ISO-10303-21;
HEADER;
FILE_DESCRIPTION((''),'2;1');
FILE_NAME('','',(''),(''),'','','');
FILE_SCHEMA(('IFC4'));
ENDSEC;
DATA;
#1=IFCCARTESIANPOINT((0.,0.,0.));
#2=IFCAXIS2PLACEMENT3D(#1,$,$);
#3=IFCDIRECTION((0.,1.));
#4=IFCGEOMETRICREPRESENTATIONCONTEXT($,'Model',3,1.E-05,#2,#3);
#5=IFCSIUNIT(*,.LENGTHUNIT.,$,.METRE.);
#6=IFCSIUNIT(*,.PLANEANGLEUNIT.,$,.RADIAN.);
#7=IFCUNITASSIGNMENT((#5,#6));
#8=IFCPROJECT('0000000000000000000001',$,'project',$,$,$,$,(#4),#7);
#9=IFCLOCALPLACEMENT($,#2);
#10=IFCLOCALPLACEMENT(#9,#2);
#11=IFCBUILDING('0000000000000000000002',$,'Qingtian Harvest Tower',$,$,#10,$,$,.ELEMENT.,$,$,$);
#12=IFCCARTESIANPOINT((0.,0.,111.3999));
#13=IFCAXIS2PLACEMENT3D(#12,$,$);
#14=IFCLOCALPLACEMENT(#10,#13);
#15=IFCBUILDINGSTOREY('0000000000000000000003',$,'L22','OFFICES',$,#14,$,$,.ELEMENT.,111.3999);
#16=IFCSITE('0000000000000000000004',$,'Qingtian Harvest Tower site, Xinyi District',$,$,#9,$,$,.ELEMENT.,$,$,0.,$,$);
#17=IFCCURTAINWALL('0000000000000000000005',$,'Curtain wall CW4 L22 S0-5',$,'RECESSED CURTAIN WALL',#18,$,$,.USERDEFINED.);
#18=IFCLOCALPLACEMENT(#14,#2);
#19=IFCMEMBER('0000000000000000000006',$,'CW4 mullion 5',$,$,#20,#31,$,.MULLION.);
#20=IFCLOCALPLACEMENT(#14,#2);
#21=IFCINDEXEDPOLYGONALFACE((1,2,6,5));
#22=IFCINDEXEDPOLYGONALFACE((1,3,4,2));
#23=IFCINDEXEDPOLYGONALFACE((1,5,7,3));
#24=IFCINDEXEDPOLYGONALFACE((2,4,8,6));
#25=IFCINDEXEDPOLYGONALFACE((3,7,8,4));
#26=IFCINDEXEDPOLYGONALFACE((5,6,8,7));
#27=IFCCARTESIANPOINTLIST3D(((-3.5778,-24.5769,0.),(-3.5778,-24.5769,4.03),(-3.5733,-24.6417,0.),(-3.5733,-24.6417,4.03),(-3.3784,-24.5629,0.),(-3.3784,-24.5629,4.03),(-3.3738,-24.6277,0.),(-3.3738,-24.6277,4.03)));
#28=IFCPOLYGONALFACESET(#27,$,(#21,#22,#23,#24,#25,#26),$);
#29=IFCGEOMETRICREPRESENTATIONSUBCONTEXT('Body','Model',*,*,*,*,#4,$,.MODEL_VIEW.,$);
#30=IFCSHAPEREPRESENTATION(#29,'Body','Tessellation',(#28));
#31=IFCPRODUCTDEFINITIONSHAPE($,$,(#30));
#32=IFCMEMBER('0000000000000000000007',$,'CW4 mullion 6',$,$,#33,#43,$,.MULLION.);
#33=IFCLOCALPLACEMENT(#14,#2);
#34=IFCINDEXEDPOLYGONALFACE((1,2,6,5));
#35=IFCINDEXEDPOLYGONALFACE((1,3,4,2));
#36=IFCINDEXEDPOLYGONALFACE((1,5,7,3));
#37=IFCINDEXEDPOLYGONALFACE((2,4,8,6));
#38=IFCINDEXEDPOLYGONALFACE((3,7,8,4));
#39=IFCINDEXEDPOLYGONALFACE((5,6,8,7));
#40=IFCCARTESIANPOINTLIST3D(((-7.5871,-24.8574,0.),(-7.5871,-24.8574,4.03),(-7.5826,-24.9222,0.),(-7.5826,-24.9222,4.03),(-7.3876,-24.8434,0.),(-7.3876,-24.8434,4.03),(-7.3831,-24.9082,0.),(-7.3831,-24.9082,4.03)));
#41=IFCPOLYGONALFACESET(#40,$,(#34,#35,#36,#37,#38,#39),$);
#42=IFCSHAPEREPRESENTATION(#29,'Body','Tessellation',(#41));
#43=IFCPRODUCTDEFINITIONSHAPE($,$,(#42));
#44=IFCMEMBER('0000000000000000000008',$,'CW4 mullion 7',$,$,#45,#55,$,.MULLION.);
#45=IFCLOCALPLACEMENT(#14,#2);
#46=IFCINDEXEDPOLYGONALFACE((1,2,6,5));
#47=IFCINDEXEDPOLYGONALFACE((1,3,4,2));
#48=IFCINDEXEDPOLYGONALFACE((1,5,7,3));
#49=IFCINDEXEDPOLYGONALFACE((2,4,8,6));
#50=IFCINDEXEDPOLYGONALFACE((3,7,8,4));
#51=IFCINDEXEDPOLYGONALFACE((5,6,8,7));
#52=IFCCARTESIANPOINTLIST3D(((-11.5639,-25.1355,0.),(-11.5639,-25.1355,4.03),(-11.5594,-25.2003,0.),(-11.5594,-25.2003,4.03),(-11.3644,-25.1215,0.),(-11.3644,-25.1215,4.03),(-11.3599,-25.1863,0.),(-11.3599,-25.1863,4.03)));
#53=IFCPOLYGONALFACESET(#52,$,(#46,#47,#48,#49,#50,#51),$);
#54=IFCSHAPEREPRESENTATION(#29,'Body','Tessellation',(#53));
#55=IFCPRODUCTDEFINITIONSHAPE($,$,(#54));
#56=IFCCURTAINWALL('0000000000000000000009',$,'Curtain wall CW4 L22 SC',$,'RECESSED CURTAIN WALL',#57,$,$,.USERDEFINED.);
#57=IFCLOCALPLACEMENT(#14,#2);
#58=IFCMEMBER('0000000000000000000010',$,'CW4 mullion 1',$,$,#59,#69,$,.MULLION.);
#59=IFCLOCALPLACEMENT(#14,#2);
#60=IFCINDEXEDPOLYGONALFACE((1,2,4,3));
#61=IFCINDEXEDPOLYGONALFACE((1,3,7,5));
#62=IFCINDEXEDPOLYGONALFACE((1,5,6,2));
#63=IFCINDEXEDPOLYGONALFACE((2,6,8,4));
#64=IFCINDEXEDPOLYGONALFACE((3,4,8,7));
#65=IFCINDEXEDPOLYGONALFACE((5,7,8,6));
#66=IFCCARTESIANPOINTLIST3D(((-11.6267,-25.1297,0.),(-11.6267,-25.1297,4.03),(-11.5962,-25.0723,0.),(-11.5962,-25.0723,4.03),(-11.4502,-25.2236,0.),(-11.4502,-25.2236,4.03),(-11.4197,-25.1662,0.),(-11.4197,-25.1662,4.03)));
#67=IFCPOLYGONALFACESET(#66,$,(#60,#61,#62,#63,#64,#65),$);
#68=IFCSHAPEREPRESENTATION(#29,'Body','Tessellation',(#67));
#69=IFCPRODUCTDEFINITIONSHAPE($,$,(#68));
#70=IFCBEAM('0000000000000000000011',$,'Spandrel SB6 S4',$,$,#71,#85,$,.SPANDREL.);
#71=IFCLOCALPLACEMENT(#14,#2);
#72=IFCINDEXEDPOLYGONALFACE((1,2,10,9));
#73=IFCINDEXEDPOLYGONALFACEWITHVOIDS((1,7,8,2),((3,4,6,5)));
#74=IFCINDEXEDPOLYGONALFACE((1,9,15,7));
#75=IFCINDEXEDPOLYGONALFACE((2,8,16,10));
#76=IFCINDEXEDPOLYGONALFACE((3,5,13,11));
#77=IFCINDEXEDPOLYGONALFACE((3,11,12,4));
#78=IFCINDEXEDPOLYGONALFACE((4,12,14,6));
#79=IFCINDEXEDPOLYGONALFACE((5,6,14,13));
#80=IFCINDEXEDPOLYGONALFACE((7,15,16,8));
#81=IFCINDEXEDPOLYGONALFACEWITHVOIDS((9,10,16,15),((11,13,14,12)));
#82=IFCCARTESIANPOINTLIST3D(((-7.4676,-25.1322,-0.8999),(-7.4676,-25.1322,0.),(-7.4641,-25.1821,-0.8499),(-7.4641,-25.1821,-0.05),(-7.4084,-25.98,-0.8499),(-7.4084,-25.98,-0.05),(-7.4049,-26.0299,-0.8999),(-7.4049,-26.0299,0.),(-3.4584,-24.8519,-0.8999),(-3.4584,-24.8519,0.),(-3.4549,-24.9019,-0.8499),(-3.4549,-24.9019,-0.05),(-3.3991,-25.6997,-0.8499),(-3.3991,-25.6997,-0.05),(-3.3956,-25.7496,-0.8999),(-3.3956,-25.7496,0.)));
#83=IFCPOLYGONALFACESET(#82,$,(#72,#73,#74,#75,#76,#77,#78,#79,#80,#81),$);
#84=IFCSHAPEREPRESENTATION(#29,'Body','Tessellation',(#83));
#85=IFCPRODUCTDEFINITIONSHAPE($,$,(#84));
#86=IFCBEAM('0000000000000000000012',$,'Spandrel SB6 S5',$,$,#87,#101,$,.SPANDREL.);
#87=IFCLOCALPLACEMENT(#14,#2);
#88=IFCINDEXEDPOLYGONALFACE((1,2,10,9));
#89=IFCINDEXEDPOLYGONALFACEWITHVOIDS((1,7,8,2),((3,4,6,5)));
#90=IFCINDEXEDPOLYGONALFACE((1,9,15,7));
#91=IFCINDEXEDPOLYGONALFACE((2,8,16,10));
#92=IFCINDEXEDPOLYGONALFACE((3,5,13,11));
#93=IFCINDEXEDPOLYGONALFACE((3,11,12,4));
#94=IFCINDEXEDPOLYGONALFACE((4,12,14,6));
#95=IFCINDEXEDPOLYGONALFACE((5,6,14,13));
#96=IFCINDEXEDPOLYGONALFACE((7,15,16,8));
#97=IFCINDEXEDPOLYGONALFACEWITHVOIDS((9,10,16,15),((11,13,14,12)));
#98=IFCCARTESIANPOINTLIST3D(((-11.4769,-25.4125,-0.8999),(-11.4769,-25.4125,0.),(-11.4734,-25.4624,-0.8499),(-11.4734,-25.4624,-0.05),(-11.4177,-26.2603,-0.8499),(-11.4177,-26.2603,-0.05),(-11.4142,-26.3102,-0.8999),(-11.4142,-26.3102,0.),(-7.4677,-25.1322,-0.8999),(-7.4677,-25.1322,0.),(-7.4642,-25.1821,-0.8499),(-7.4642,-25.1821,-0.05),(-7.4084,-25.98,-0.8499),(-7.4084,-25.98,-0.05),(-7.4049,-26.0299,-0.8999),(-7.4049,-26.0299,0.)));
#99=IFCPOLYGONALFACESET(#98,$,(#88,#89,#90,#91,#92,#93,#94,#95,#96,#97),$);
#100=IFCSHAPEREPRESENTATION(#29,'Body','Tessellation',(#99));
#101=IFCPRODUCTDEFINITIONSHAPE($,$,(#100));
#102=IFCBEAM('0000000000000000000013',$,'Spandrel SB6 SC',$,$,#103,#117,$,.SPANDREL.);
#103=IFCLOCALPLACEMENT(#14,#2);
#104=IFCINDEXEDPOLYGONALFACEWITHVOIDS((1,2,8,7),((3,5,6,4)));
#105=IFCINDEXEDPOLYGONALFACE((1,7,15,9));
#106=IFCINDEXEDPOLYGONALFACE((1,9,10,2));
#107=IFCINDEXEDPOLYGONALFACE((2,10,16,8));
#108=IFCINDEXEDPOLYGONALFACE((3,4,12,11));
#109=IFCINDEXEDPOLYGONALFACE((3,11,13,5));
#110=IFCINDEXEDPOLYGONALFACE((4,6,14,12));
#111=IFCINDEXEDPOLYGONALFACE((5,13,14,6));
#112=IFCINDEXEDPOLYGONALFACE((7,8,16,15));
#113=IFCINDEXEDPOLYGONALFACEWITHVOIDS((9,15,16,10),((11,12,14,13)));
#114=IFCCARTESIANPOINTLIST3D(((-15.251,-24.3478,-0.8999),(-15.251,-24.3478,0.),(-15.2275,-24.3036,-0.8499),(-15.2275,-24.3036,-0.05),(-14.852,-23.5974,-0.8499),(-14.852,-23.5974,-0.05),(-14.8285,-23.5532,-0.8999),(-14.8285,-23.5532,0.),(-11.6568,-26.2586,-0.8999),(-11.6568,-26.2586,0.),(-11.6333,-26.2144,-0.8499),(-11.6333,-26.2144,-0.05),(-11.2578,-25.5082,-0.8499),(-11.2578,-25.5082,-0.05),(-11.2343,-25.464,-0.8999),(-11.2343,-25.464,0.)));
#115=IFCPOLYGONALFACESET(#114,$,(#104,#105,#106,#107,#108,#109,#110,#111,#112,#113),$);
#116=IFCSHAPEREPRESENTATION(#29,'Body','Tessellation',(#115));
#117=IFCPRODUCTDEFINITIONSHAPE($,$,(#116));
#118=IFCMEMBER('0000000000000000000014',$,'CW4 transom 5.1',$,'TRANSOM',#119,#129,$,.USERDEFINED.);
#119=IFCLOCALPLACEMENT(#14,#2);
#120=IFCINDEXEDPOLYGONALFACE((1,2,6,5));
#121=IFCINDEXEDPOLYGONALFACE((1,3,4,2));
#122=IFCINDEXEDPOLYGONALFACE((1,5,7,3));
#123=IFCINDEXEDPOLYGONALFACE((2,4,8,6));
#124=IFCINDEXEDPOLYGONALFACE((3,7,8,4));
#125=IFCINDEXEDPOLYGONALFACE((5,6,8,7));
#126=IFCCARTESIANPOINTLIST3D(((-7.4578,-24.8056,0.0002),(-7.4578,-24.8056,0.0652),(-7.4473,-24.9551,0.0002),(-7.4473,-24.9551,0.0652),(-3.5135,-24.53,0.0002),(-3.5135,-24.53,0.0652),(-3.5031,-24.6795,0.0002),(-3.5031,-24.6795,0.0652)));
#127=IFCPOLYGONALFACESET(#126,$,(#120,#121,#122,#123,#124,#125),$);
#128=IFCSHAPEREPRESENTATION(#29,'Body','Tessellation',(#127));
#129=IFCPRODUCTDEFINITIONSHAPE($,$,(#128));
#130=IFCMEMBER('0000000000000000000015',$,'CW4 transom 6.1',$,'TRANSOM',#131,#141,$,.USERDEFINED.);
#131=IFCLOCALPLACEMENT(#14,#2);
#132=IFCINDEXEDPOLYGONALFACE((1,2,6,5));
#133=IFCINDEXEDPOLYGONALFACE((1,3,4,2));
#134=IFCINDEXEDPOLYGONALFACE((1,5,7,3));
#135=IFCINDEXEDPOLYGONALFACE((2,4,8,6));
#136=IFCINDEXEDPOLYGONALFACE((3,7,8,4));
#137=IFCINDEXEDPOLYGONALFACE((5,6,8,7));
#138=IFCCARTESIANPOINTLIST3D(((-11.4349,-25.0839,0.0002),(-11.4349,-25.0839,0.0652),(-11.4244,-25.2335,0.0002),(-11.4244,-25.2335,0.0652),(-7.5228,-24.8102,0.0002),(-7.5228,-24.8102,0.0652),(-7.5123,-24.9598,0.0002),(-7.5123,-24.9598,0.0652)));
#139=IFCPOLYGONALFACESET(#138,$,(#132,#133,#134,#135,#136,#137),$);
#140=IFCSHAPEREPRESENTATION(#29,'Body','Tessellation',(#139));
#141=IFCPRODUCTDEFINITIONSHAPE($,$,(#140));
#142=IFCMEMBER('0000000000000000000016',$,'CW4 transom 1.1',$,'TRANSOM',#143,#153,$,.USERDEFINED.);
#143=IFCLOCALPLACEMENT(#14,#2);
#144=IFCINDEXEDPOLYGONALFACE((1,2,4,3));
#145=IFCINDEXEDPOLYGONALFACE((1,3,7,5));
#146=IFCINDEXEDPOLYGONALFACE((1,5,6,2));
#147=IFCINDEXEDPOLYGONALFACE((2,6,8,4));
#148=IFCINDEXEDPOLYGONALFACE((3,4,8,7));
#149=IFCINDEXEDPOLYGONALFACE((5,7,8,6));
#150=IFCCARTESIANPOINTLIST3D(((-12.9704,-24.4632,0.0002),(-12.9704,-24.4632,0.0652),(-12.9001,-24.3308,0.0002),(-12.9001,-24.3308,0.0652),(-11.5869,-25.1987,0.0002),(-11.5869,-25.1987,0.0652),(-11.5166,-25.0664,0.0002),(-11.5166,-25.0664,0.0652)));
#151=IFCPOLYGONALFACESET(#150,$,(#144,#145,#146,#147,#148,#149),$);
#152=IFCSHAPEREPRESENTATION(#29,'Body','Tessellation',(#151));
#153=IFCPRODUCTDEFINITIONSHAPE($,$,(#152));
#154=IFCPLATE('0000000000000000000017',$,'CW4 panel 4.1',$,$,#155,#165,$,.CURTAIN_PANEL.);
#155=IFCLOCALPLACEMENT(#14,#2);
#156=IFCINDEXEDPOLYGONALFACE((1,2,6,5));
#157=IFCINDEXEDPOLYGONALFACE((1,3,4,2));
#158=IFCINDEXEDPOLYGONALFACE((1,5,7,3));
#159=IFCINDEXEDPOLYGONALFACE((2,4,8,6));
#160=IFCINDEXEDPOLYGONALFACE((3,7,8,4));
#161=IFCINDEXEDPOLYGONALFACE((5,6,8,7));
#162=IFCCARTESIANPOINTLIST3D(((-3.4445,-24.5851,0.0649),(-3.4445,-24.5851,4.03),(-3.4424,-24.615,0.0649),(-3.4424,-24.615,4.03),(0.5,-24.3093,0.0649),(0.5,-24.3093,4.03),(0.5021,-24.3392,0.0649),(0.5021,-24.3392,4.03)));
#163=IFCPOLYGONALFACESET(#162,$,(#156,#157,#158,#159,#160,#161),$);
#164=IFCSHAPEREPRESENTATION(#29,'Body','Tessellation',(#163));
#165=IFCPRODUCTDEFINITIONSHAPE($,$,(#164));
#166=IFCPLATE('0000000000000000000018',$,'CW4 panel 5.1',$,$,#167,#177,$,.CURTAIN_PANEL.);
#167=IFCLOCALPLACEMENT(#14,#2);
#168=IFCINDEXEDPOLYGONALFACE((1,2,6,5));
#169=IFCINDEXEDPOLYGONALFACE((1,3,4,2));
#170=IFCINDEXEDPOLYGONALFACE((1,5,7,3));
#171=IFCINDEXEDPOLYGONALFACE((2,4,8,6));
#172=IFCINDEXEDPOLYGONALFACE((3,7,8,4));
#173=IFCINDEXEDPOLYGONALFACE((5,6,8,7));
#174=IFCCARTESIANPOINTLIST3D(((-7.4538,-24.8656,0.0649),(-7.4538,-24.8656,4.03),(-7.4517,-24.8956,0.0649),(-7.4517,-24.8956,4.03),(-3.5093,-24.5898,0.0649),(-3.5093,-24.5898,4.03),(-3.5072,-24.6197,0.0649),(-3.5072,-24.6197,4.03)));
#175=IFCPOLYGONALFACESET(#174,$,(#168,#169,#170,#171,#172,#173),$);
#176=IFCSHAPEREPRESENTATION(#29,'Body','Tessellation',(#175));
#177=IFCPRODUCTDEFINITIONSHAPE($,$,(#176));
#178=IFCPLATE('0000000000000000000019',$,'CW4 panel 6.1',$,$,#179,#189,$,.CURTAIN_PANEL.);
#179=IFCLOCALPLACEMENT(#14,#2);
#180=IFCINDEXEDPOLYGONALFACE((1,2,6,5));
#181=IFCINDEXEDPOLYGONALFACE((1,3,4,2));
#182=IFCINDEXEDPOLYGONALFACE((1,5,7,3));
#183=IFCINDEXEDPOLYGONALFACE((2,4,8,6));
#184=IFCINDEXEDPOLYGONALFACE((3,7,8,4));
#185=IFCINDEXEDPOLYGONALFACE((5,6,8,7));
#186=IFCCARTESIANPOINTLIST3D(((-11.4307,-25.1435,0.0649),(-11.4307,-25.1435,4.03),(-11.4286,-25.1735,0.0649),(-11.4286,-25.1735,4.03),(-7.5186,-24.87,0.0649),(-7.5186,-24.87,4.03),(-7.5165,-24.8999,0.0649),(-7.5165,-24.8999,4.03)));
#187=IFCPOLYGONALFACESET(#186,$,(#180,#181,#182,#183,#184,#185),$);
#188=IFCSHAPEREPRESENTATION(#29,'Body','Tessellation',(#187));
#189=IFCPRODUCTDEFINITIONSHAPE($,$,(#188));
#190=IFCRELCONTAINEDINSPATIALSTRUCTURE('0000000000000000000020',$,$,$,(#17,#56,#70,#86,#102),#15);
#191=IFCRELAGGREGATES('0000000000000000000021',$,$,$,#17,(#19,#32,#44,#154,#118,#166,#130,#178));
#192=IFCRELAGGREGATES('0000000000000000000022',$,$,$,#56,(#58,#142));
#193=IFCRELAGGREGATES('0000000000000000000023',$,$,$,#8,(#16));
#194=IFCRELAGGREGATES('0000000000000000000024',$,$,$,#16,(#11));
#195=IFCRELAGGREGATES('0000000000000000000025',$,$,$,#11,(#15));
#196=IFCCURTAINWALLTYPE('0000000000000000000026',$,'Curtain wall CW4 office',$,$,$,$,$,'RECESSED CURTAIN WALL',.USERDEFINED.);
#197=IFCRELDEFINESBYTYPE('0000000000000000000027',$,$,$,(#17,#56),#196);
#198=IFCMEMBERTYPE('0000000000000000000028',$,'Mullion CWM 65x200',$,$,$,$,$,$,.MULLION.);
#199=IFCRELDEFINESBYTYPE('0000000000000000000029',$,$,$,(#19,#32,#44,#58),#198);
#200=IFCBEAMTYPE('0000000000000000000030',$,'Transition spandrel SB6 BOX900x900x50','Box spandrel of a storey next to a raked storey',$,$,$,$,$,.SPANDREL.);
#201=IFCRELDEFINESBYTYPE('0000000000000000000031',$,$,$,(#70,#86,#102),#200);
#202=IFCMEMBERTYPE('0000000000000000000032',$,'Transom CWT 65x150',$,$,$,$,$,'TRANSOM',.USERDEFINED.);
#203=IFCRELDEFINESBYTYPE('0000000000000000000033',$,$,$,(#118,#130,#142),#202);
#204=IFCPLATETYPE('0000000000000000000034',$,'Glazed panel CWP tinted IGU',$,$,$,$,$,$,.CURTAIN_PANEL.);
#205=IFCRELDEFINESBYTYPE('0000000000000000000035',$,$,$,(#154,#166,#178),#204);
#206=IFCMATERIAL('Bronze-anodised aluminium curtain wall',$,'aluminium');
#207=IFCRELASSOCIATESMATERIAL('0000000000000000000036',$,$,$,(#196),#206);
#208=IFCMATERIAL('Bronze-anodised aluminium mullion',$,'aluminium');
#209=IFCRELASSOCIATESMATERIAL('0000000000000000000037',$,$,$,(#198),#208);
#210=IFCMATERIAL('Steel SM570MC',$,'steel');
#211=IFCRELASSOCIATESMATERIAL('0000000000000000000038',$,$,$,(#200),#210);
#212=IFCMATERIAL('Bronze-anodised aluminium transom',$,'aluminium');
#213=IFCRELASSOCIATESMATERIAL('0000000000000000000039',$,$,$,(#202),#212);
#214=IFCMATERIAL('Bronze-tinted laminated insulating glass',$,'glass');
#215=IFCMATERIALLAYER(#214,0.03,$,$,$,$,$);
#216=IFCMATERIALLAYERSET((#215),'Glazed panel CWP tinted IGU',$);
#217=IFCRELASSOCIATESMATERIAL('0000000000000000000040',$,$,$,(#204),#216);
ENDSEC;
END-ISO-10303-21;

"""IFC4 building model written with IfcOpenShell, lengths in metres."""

from ifc_helpers import new_model, si_unit, direction, frame, origin, origin_2d, place, context, subcontext, project, spatial, rectangle, hollow_rectangle, extrude, material, layer, layer_set, material_profile, profile_set, type_object, element, aggregate, save


model = new_model("IFC4")

# Units and contexts
model_context = context("Model", 3, precision=1e-05, world=origin(), true_north=direction((0.0, 1.0)))
body_context = subcontext(model_context, "Body", "Model", "MODEL_VIEW")
ifc_project = project(units=[si_unit("LENGTHUNIT", "METRE"), si_unit("PLANEANGLEUNIT", "RADIAN")], contexts=[model_context])

# Site, building, storey
site_placement = place(None, origin())
site = spatial("IfcSite", under=ifc_project, at=site_placement, Name="Qingtian Harvest Tower site, Xinyi District", CompositionType="ELEMENT", RefElevation=0.0)
building_placement = place(site_placement, origin())
building = spatial("IfcBuilding", under=site, at=building_placement, Name="Qingtian Harvest Tower", CompositionType="ELEMENT")
storey_placement = place(building_placement, frame((0.0, 0.0, 111.3999)))
storey = spatial("IfcBuildingStorey", under=building, at=storey_placement, Name="L22", Description="OFFICES", CompositionType="ELEMENT", Elevation=111.3999)

# Curtain wall, members
ifc_material_1 = material(Name="Bronze-anodised aluminium curtain wall", Category="aluminium")
curtain_wall_type = type_object("IfcCurtainWallType", Name="Curtain wall CW4 office", ElementType="RECESSED CURTAIN WALL", PredefinedType="USERDEFINED", material=ifc_material_1)
curtain_wall_1_placement = place(storey_placement, origin())
curtain_wall_1 = element("IfcCurtainWall", 1, at=curtain_wall_1_placement, inside=storey, type_object=curtain_wall_type, Name="Curtain wall CW4 L22 S0-5", ObjectType="RECESSED CURTAIN WALL", PredefinedType="USERDEFINED")
ifc_material_2 = material(Name="Bronze-anodised aluminium mullion", Category="aluminium")
ifc_material_profile_1 = material_profile(ifc_material_2, rectangle(XDim=0.0649, YDim=0.2, at=origin_2d()), Name="AL 65x200")
ifc_profile_set_1 = profile_set([ifc_material_profile_1], Name="Bronze-anodised aluminium mullion")
member_type_1 = type_object("IfcMemberType", Name="Mullion CWM 65x200", PredefinedType="MULLION", material=ifc_profile_set_1)
member_1_placement = place(storey_placement, frame((-3.4758, -24.6023, 0.0), z_axis=(0.0, 0.0, 1.0), x_axis=(0.069756, -0.997564, 0.0)))
member_1 = element("IfcMember", 2, at=member_1_placement, type_object=member_type_1, Name="CW4 mullion 5", PredefinedType="MULLION", context=body_context, shape_type="SweptSolid", body=[
    extrude(rectangle(XDim=0.0649, YDim=0.2, at=origin_2d()), origin(), (0.0, 0.0, 1.0), 4.03),
])
member_2_placement = place(storey_placement, frame((-7.4851, -24.8828, 0.0), z_axis=(0.0, 0.0, 1.0), x_axis=(0.069756, -0.997564, 0.0)))
member_2 = element("IfcMember", 3, at=member_2_placement, type_object=member_type_1, Name="CW4 mullion 6", PredefinedType="MULLION", context=body_context, shape_type="SweptSolid", body=[
    extrude(rectangle(XDim=0.0649, YDim=0.2, at=origin_2d()), origin(), (0.0, 0.0, 1.0), 4.03),
])
member_3_placement = place(storey_placement, frame((-11.4619, -25.1609, 0.0), z_axis=(0.0, 0.0, 1.0), x_axis=(0.069756, -0.997564, 0.0)))
member_3 = element("IfcMember", 4, at=member_3_placement, type_object=member_type_1, Name="CW4 mullion 7", PredefinedType="MULLION", context=body_context, shape_type="SweptSolid", body=[
    extrude(rectangle(XDim=0.0649, YDim=0.2, at=origin_2d()), origin(), (0.0, 0.0, 1.0), 4.03),
])

# Curtain wall, member
curtain_wall_2_placement = place(storey_placement, origin())
curtain_wall_2 = element("IfcCurtainWall", 5, at=curtain_wall_2_placement, inside=storey, type_object=curtain_wall_type, Name="Curtain wall CW4 L22 SC", ObjectType="RECESSED CURTAIN WALL", PredefinedType="USERDEFINED")
member_4_placement = place(storey_placement, frame((-11.5232, -25.1479, 0.0), z_axis=(0.0, 0.0, 1.0), x_axis=(-0.469472, -0.882948, 0.0)))
member_4 = element("IfcMember", 6, at=member_4_placement, type_object=member_type_1, Name="CW4 mullion 1", PredefinedType="MULLION", context=body_context, shape_type="SweptSolid", body=[
    extrude(rectangle(XDim=0.0649, YDim=0.2, at=origin_2d()), origin(), (0.0, 0.0, 1.0), 4.03),
])

# Beams
ifc_material_3 = material(Name="Steel SM570MC", Category="steel")
ifc_material_profile_2 = material_profile(ifc_material_3, hollow_rectangle(XDim=0.8999, YDim=0.8999, WallThickness=0.05, at=origin_2d()), Name="BOX900x900x50")
ifc_profile_set_2 = profile_set([ifc_material_profile_2], Name="Steel SM570MC")
beam_type_1 = type_object("IfcBeamType", Name="Transition spandrel SB6 BOX900x900x50", Description="Box spandrel of a storey next to a raked storey", PredefinedType="SPANDREL", material=ifc_profile_set_2)
for number, where, z_axis, x_axis, name in (
    (7, (-3.427, -25.3008, -0.45), (-0.997565, -0.069736, 0.0), (0.069736, -0.997565, 0.0), "Spandrel SB6 S4"),
    (8, (-7.4363, -25.5811, -0.45), (-0.997565, -0.069736, 0.0), (0.069736, -0.997565, 0.0), "Spandrel SB6 S5"),
):
    element("IfcBeam", number, at=place(storey_placement, frame(where, z_axis=z_axis, x_axis=x_axis)), inside=storey, type_object=beam_type_1, Name=name, PredefinedType="SPANDREL", context=body_context, shape_type="SweptSolid", body=[
        extrude(hollow_rectangle(XDim=0.8999, YDim=0.8999, WallThickness=0.05, at=origin_2d()), origin(), (0.0, 0.0, 1.0), 4.019),
    ])
beam_1_placement = place(storey_placement, frame((-11.4456, -25.8613, -0.45), z_axis=(-0.882968, 0.469433, 0.0), x_axis=(-0.469433, -0.882968, 0.0)))
element("IfcBeam", 9, at=beam_1_placement, inside=storey, type_object=beam_type_1, Name="Spandrel SB6 SC", PredefinedType="SPANDREL", context=body_context, shape_type="SweptSolid", body=[
    extrude(hollow_rectangle(XDim=0.8999, YDim=0.8999, WallThickness=0.05, at=origin_2d()), origin(), (0.0, 0.0, 1.0), 4.0706),
])

# Members
ifc_material_4 = material(Name="Bronze-anodised aluminium transom", Category="aluminium")
ifc_material_profile_3 = material_profile(ifc_material_4, rectangle(XDim=0.1499, YDim=0.0649, at=origin_2d()), Name="AL 65x150")
ifc_profile_set_3 = profile_set([ifc_material_profile_3], Name="Bronze-anodised aluminium transom")
member_type_2 = type_object("IfcMemberType", Name="Transom CWT 65x150", ElementType="TRANSOM", PredefinedType="USERDEFINED", material=ifc_profile_set_3)
member_5_placement = place(storey_placement, frame((-3.5083, -24.6047, 0.0327), z_axis=(-0.997567, -0.069711, 0.0), x_axis=(0.069711, -0.997567, 0.0)))
member_5 = element("IfcMember", 10, at=member_5_placement, type_object=member_type_2, Name="CW4 transom 5.1", ObjectType="TRANSOM", PredefinedType="USERDEFINED", context=body_context, shape_type="SweptSolid", body=[
    extrude(rectangle(XDim=0.1499, YDim=0.0649, at=origin_2d()), origin(), (0.0, 0.0, 1.0), 3.9539),
])
member_6_placement = place(storey_placement, frame((-7.5176, -24.885, 0.0327), z_axis=(-0.997562, -0.069787, 0.0), x_axis=(0.069787, -0.997562, 0.0)))
member_6 = element("IfcMember", 11, at=member_6_placement, type_object=member_type_2, Name="CW4 transom 6.1", ObjectType="TRANSOM", PredefinedType="USERDEFINED", context=body_context, shape_type="SweptSolid", body=[
    extrude(rectangle(XDim=0.1499, YDim=0.0649, at=origin_2d()), origin(), (0.0, 0.0, 1.0), 3.9216),
])
member_7_placement = place(storey_placement, frame((-11.5518, -25.1326, 0.0327), z_axis=(-0.88296, 0.469448, 0.0), x_axis=(-0.469448, -0.88296, 0.0)))
member_7 = element("IfcMember", 12, at=member_7_placement, type_object=member_type_2, Name="CW4 transom 1.1", ObjectType="TRANSOM", PredefinedType="USERDEFINED", context=body_context, shape_type="SweptSolid", body=[
    extrude(rectangle(XDim=0.1499, YDim=0.0649, at=origin_2d()), origin(), (0.0, 0.0, 1.0), 1.5669),
])

# Plates
ifc_material_5 = material(Name="Bronze-tinted laminated insulating glass", Category="glass")
ifc_layer_1 = layer(ifc_material_5, 0.03)
ifc_layer_set_1 = layer_set([ifc_layer_1], Name="Glazed panel CWP tinted IGU")
plate_type = type_object("IfcPlateType", Name="Glazed panel CWP tinted IGU", PredefinedType="CURTAIN_PANEL", material=ifc_layer_set_1)
plate_1_placement = place(storey_placement, frame((-1.4712, -24.4622, 0.0649), z_axis=(0.0, 0.0, 1.0), x_axis=(-0.997564, -0.069756, 0.0)))
plate_1 = element("IfcPlate", 13, at=plate_1_placement, type_object=plate_type, Name="CW4 panel 4.1", PredefinedType="CURTAIN_PANEL", context=body_context, shape_type="SweptSolid", body=[
    extrude(rectangle(XDim=3.9541, YDim=0.03, at=origin_2d()), origin(), (0.0, 0.0, 1.0), 3.9651),
])
plate_2_placement = place(storey_placement, frame((-5.4805, -24.7427, 0.0649), z_axis=(0.0, 0.0, 1.0), x_axis=(-0.997564, -0.069756, 0.0)))
plate_2 = element("IfcPlate", 14, at=plate_2_placement, type_object=plate_type, Name="CW4 panel 5.1", PredefinedType="CURTAIN_PANEL", context=body_context, shape_type="SweptSolid", body=[
    extrude(rectangle(XDim=3.9541, YDim=0.03, at=origin_2d()), origin(), (0.0, 0.0, 1.0), 3.9651),
])
plate_3_placement = place(storey_placement, frame((-9.4736, -25.0217, 0.0649), z_axis=(0.0, 0.0, 1.0), x_axis=(-0.997564, -0.069756, 0.0)))
plate_3 = element("IfcPlate", 15, at=plate_3_placement, type_object=plate_type, Name="CW4 panel 6.1", PredefinedType="CURTAIN_PANEL", context=body_context, shape_type="SweptSolid", body=[
    extrude(rectangle(XDim=3.9216, YDim=0.03, at=origin_2d()), origin(), (0.0, 0.0, 1.0), 3.9651),
])
aggregate(curtain_wall_1, [member_1, member_2, member_3, plate_1, member_5, plate_2, member_6, plate_3])
aggregate(curtain_wall_2, [member_4, member_7])

save(model, "model.ifc")
